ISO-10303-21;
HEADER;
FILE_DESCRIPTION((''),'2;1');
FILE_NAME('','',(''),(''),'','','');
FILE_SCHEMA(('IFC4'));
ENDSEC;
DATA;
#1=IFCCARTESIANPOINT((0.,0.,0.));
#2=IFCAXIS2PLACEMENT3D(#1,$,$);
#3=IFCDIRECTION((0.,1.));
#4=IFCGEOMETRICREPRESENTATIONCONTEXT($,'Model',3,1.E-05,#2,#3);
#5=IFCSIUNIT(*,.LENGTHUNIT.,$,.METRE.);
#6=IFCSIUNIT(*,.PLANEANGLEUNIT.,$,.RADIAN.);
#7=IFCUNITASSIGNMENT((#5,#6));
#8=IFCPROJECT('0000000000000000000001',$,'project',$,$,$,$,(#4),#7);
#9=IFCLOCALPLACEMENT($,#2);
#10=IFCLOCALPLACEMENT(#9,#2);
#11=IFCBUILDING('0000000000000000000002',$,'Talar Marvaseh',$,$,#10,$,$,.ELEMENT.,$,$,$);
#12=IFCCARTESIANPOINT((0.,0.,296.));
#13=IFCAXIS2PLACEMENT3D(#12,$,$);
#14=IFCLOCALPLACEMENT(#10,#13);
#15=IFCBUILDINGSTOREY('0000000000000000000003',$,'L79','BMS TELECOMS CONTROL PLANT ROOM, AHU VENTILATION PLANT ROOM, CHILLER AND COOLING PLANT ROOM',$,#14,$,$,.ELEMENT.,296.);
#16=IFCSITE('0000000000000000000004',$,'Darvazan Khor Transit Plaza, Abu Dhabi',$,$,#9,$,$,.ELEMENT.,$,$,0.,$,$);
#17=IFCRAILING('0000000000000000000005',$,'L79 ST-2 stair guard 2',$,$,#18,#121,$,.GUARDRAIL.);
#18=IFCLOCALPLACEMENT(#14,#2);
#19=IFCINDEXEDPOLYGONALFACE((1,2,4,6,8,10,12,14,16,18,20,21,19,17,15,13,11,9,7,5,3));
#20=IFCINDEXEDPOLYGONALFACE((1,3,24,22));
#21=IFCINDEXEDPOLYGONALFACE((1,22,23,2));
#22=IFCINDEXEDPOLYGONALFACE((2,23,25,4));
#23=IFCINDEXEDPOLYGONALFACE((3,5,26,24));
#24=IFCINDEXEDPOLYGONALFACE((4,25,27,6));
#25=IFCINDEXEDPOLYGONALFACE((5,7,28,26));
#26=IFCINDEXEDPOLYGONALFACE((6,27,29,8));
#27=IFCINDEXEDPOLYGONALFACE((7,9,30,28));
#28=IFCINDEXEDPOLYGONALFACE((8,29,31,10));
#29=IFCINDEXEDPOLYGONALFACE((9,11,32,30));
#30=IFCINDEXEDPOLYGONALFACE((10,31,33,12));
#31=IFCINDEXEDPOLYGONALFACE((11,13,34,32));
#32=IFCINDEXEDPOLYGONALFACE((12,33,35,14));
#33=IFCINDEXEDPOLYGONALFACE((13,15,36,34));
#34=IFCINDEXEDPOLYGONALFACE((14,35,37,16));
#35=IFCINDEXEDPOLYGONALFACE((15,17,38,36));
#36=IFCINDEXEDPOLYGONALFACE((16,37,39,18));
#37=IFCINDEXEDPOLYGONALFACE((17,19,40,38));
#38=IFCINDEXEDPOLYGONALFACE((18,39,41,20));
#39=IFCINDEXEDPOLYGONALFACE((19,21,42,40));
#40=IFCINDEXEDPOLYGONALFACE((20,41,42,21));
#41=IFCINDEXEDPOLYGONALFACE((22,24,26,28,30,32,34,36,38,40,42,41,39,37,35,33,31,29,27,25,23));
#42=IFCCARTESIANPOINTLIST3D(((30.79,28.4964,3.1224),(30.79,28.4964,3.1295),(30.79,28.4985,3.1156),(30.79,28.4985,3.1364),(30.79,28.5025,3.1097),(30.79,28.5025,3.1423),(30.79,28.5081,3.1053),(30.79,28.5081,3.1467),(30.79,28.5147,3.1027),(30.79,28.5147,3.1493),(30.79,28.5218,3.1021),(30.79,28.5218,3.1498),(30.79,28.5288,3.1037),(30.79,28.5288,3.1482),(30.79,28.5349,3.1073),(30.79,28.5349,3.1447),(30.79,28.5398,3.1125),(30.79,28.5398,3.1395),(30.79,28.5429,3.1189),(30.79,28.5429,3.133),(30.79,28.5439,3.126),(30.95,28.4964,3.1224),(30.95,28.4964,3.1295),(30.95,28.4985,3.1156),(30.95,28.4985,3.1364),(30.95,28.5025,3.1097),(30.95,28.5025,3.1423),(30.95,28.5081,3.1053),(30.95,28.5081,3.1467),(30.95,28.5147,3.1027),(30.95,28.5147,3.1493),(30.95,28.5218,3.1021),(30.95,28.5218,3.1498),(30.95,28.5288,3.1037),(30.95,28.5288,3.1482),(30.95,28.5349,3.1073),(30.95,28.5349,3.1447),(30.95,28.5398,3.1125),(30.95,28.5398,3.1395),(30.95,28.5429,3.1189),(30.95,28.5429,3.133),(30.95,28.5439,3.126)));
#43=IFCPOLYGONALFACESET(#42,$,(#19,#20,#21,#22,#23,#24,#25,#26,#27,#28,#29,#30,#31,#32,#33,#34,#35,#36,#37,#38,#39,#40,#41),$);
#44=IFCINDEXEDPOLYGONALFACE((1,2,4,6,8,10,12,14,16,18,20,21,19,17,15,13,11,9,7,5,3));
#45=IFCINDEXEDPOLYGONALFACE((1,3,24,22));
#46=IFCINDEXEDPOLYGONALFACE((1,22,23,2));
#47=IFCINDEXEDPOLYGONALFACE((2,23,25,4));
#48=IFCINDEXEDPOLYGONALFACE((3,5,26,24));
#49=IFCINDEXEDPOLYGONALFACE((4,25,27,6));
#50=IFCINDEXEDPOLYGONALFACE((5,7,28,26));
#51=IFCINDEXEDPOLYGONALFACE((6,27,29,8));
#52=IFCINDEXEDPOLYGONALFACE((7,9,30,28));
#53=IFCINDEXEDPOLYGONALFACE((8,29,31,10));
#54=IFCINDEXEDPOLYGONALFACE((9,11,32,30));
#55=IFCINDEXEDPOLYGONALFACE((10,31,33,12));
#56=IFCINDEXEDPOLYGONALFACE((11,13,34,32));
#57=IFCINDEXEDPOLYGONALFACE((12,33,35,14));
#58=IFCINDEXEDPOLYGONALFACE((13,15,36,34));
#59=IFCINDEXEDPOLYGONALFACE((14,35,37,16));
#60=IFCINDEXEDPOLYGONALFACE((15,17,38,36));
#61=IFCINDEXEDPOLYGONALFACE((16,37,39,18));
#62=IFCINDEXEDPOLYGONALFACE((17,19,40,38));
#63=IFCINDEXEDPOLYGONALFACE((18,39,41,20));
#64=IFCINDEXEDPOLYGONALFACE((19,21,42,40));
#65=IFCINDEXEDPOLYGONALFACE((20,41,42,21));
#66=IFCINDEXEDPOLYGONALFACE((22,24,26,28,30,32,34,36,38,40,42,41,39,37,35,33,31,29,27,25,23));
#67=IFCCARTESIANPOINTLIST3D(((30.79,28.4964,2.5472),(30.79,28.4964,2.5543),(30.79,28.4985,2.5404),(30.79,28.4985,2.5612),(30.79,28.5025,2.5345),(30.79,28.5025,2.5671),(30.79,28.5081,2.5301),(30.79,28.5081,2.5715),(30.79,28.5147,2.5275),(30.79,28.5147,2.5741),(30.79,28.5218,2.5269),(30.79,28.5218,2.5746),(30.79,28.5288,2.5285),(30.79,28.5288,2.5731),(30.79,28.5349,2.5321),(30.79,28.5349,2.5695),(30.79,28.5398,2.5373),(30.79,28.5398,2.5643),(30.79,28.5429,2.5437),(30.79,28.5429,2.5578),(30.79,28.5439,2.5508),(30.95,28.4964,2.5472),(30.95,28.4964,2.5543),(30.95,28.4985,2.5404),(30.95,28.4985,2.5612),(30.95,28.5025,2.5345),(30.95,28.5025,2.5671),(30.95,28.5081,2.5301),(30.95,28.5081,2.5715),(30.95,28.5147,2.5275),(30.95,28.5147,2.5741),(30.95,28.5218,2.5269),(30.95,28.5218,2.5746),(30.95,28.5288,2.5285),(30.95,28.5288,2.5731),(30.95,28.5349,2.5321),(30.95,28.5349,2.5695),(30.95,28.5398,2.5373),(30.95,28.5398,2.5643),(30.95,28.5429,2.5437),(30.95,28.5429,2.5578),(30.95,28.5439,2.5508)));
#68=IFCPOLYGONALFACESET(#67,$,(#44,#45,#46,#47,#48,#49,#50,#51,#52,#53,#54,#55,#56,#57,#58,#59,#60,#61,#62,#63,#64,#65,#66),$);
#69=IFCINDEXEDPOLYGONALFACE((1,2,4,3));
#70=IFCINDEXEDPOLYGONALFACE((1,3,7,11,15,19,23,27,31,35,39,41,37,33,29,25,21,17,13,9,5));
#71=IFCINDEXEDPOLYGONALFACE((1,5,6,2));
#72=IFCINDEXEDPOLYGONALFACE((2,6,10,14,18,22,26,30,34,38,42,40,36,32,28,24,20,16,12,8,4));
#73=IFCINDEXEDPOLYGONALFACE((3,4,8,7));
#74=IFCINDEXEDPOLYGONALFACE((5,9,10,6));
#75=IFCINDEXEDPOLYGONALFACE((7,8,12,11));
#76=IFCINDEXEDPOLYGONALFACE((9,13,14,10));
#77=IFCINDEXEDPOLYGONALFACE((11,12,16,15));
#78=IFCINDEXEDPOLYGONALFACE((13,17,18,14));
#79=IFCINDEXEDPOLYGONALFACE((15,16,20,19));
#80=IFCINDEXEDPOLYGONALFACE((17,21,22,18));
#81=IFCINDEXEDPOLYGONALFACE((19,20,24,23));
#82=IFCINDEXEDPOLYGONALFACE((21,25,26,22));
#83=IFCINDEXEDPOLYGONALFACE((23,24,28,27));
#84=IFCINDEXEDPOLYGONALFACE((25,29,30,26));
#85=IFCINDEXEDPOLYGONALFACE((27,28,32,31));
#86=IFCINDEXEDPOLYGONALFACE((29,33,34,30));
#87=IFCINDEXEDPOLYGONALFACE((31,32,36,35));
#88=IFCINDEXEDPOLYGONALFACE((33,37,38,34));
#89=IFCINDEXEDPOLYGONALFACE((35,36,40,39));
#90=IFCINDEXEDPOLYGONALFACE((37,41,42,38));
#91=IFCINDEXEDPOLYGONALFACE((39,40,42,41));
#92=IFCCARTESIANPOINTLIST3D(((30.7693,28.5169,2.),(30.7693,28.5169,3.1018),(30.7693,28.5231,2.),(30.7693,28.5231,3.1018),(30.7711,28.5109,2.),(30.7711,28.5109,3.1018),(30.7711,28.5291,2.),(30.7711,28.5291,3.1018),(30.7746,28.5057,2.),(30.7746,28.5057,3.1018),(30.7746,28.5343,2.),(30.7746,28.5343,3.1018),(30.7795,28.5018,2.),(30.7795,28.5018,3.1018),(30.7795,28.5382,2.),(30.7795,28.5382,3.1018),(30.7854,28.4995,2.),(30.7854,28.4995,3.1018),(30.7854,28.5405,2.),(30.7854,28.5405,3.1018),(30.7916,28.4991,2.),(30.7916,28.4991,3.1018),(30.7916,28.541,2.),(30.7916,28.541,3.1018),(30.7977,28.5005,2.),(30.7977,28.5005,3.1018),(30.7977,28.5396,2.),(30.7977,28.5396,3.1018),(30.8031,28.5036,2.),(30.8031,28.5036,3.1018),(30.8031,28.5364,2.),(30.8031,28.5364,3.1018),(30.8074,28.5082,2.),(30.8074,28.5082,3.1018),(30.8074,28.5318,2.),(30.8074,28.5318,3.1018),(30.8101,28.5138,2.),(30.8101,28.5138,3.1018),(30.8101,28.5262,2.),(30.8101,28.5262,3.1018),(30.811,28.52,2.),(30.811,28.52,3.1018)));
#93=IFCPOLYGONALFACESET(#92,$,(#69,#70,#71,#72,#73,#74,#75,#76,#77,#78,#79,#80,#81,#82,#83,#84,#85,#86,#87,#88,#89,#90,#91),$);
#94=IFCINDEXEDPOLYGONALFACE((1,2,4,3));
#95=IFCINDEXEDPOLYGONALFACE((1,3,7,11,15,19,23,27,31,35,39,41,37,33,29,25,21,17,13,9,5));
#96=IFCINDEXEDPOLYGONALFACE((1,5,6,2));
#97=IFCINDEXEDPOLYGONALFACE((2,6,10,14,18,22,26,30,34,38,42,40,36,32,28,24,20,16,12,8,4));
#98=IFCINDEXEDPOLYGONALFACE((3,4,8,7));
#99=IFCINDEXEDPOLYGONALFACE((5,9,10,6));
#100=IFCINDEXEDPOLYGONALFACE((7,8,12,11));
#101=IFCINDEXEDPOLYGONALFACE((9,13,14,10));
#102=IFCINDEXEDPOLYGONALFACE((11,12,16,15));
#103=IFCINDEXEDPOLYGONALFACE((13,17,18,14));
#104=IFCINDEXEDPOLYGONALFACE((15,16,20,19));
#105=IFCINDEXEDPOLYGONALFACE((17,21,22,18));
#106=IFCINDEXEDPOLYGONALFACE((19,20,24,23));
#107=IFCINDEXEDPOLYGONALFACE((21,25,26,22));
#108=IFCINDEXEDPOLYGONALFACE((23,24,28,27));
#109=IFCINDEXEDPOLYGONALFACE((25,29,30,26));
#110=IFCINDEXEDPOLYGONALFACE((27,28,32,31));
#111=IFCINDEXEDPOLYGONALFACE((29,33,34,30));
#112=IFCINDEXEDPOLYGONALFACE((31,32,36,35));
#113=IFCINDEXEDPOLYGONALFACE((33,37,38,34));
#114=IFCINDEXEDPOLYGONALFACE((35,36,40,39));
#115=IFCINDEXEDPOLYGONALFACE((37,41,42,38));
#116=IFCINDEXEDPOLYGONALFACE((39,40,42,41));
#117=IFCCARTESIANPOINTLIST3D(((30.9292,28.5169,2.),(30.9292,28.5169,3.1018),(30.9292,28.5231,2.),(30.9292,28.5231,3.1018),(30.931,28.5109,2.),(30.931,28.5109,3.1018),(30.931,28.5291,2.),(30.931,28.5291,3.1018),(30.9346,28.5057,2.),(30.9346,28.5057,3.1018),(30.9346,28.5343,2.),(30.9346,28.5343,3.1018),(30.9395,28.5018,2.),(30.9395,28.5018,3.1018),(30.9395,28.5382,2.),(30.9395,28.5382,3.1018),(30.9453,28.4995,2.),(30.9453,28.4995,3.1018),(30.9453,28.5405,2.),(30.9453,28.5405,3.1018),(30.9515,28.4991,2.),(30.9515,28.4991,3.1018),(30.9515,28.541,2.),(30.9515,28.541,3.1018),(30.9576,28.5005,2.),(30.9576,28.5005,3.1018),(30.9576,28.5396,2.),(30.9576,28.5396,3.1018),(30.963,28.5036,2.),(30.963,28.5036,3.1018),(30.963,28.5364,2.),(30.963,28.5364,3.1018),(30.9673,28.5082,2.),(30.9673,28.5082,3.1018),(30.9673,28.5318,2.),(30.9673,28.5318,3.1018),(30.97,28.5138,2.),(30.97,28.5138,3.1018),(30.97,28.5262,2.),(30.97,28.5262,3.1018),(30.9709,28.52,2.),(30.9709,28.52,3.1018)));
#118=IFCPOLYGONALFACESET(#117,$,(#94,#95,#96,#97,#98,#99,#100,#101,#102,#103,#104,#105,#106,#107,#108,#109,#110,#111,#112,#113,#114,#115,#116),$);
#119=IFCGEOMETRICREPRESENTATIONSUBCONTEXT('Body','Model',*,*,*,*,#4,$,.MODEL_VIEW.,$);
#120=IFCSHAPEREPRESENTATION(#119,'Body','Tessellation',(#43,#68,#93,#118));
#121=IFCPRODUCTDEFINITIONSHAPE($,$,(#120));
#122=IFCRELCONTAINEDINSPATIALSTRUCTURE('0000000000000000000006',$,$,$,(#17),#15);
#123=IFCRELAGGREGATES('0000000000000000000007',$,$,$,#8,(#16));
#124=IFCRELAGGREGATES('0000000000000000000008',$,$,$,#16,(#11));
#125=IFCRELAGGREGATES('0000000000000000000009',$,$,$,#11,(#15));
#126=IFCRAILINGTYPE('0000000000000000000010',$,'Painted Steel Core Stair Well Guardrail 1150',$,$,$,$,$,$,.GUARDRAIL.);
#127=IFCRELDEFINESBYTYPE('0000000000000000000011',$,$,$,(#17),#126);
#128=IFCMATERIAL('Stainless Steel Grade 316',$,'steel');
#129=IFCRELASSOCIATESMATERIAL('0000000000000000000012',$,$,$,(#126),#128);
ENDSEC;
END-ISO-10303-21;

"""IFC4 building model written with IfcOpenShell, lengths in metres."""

from ifc_helpers import new_model, si_unit, direction, frame, origin, origin_2d, place, context, subcontext, project, spatial, circle, extrude, material, type_object, element, save


model = new_model("IFC4")

# Units and contexts
model_context = context("Model", 3, precision=1e-05, world=origin(), true_north=direction((0.0, 1.0)))
body_context = subcontext(model_context, "Body", "Model", "MODEL_VIEW")
ifc_project = project(units=[si_unit("LENGTHUNIT", "METRE"), si_unit("PLANEANGLEUNIT", "RADIAN")], contexts=[model_context])

# Site, building, storey
site_placement = place(None, origin())
site = spatial("IfcSite", under=ifc_project, at=site_placement, Name="Darvazan Khor Transit Plaza, Abu Dhabi", CompositionType="ELEMENT", RefElevation=0.0)
building_placement = place(site_placement, origin())
building = spatial("IfcBuilding", under=site, at=building_placement, Name="Talar Marvaseh", CompositionType="ELEMENT")
storey_placement = place(building_placement, frame((0.0, 0.0, 296.0)))
storey = spatial("IfcBuildingStorey", under=building, at=storey_placement, Name="L79", Description="BMS TELECOMS CONTROL PLANT ROOM, AHU VENTILATION PLANT ROOM, CHILLER AND COOLING PLANT ROOM", CompositionType="ELEMENT", Elevation=296.0)

# Railing
ifc_material_1 = material(Name="Stainless Steel Grade 316", Category="steel")
railing_type_1 = type_object("IfcRailingType", Name="Painted Steel Core Stair Well Guardrail 1150", PredefinedType="GUARDRAIL", material=ifc_material_1)
railing_1_placement = place(storey_placement, frame((30.79, 28.52, 2.0)))
element("IfcRailing", 1, at=railing_1_placement, inside=storey, type_object=railing_type_1, Name="L79 ST-2 stair guard 2", PredefinedType="GUARDRAIL", context=body_context, shape_type="SweptSolid", body=[
    extrude(circle(Radius=0.0239, at=origin_2d()), frame((0.0, 0.0, 1.126), z_axis=(1.0, 0.0, 0.0), x_axis=(0.0, 1.0, 0.0)), (0.0, 0.0, 1.0), 0.1599),
    extrude(circle(Radius=0.0239, at=origin_2d()), frame((0.0, 0.0, 0.5508), z_axis=(1.0, 0.0, 0.0), x_axis=(0.0, 1.0, 0.0)), (0.0, 0.0, 1.0), 0.1599),
    extrude(circle(Radius=0.021, at=origin_2d()), origin(), (0.0, 0.0, 1.0), 1.1018),
    extrude(circle(Radius=0.021, at=origin_2d()), frame((0.1599, 0.0, 0.0)), (0.0, 0.0, 1.0), 1.1018),
])

save(model, "model.ifc")
